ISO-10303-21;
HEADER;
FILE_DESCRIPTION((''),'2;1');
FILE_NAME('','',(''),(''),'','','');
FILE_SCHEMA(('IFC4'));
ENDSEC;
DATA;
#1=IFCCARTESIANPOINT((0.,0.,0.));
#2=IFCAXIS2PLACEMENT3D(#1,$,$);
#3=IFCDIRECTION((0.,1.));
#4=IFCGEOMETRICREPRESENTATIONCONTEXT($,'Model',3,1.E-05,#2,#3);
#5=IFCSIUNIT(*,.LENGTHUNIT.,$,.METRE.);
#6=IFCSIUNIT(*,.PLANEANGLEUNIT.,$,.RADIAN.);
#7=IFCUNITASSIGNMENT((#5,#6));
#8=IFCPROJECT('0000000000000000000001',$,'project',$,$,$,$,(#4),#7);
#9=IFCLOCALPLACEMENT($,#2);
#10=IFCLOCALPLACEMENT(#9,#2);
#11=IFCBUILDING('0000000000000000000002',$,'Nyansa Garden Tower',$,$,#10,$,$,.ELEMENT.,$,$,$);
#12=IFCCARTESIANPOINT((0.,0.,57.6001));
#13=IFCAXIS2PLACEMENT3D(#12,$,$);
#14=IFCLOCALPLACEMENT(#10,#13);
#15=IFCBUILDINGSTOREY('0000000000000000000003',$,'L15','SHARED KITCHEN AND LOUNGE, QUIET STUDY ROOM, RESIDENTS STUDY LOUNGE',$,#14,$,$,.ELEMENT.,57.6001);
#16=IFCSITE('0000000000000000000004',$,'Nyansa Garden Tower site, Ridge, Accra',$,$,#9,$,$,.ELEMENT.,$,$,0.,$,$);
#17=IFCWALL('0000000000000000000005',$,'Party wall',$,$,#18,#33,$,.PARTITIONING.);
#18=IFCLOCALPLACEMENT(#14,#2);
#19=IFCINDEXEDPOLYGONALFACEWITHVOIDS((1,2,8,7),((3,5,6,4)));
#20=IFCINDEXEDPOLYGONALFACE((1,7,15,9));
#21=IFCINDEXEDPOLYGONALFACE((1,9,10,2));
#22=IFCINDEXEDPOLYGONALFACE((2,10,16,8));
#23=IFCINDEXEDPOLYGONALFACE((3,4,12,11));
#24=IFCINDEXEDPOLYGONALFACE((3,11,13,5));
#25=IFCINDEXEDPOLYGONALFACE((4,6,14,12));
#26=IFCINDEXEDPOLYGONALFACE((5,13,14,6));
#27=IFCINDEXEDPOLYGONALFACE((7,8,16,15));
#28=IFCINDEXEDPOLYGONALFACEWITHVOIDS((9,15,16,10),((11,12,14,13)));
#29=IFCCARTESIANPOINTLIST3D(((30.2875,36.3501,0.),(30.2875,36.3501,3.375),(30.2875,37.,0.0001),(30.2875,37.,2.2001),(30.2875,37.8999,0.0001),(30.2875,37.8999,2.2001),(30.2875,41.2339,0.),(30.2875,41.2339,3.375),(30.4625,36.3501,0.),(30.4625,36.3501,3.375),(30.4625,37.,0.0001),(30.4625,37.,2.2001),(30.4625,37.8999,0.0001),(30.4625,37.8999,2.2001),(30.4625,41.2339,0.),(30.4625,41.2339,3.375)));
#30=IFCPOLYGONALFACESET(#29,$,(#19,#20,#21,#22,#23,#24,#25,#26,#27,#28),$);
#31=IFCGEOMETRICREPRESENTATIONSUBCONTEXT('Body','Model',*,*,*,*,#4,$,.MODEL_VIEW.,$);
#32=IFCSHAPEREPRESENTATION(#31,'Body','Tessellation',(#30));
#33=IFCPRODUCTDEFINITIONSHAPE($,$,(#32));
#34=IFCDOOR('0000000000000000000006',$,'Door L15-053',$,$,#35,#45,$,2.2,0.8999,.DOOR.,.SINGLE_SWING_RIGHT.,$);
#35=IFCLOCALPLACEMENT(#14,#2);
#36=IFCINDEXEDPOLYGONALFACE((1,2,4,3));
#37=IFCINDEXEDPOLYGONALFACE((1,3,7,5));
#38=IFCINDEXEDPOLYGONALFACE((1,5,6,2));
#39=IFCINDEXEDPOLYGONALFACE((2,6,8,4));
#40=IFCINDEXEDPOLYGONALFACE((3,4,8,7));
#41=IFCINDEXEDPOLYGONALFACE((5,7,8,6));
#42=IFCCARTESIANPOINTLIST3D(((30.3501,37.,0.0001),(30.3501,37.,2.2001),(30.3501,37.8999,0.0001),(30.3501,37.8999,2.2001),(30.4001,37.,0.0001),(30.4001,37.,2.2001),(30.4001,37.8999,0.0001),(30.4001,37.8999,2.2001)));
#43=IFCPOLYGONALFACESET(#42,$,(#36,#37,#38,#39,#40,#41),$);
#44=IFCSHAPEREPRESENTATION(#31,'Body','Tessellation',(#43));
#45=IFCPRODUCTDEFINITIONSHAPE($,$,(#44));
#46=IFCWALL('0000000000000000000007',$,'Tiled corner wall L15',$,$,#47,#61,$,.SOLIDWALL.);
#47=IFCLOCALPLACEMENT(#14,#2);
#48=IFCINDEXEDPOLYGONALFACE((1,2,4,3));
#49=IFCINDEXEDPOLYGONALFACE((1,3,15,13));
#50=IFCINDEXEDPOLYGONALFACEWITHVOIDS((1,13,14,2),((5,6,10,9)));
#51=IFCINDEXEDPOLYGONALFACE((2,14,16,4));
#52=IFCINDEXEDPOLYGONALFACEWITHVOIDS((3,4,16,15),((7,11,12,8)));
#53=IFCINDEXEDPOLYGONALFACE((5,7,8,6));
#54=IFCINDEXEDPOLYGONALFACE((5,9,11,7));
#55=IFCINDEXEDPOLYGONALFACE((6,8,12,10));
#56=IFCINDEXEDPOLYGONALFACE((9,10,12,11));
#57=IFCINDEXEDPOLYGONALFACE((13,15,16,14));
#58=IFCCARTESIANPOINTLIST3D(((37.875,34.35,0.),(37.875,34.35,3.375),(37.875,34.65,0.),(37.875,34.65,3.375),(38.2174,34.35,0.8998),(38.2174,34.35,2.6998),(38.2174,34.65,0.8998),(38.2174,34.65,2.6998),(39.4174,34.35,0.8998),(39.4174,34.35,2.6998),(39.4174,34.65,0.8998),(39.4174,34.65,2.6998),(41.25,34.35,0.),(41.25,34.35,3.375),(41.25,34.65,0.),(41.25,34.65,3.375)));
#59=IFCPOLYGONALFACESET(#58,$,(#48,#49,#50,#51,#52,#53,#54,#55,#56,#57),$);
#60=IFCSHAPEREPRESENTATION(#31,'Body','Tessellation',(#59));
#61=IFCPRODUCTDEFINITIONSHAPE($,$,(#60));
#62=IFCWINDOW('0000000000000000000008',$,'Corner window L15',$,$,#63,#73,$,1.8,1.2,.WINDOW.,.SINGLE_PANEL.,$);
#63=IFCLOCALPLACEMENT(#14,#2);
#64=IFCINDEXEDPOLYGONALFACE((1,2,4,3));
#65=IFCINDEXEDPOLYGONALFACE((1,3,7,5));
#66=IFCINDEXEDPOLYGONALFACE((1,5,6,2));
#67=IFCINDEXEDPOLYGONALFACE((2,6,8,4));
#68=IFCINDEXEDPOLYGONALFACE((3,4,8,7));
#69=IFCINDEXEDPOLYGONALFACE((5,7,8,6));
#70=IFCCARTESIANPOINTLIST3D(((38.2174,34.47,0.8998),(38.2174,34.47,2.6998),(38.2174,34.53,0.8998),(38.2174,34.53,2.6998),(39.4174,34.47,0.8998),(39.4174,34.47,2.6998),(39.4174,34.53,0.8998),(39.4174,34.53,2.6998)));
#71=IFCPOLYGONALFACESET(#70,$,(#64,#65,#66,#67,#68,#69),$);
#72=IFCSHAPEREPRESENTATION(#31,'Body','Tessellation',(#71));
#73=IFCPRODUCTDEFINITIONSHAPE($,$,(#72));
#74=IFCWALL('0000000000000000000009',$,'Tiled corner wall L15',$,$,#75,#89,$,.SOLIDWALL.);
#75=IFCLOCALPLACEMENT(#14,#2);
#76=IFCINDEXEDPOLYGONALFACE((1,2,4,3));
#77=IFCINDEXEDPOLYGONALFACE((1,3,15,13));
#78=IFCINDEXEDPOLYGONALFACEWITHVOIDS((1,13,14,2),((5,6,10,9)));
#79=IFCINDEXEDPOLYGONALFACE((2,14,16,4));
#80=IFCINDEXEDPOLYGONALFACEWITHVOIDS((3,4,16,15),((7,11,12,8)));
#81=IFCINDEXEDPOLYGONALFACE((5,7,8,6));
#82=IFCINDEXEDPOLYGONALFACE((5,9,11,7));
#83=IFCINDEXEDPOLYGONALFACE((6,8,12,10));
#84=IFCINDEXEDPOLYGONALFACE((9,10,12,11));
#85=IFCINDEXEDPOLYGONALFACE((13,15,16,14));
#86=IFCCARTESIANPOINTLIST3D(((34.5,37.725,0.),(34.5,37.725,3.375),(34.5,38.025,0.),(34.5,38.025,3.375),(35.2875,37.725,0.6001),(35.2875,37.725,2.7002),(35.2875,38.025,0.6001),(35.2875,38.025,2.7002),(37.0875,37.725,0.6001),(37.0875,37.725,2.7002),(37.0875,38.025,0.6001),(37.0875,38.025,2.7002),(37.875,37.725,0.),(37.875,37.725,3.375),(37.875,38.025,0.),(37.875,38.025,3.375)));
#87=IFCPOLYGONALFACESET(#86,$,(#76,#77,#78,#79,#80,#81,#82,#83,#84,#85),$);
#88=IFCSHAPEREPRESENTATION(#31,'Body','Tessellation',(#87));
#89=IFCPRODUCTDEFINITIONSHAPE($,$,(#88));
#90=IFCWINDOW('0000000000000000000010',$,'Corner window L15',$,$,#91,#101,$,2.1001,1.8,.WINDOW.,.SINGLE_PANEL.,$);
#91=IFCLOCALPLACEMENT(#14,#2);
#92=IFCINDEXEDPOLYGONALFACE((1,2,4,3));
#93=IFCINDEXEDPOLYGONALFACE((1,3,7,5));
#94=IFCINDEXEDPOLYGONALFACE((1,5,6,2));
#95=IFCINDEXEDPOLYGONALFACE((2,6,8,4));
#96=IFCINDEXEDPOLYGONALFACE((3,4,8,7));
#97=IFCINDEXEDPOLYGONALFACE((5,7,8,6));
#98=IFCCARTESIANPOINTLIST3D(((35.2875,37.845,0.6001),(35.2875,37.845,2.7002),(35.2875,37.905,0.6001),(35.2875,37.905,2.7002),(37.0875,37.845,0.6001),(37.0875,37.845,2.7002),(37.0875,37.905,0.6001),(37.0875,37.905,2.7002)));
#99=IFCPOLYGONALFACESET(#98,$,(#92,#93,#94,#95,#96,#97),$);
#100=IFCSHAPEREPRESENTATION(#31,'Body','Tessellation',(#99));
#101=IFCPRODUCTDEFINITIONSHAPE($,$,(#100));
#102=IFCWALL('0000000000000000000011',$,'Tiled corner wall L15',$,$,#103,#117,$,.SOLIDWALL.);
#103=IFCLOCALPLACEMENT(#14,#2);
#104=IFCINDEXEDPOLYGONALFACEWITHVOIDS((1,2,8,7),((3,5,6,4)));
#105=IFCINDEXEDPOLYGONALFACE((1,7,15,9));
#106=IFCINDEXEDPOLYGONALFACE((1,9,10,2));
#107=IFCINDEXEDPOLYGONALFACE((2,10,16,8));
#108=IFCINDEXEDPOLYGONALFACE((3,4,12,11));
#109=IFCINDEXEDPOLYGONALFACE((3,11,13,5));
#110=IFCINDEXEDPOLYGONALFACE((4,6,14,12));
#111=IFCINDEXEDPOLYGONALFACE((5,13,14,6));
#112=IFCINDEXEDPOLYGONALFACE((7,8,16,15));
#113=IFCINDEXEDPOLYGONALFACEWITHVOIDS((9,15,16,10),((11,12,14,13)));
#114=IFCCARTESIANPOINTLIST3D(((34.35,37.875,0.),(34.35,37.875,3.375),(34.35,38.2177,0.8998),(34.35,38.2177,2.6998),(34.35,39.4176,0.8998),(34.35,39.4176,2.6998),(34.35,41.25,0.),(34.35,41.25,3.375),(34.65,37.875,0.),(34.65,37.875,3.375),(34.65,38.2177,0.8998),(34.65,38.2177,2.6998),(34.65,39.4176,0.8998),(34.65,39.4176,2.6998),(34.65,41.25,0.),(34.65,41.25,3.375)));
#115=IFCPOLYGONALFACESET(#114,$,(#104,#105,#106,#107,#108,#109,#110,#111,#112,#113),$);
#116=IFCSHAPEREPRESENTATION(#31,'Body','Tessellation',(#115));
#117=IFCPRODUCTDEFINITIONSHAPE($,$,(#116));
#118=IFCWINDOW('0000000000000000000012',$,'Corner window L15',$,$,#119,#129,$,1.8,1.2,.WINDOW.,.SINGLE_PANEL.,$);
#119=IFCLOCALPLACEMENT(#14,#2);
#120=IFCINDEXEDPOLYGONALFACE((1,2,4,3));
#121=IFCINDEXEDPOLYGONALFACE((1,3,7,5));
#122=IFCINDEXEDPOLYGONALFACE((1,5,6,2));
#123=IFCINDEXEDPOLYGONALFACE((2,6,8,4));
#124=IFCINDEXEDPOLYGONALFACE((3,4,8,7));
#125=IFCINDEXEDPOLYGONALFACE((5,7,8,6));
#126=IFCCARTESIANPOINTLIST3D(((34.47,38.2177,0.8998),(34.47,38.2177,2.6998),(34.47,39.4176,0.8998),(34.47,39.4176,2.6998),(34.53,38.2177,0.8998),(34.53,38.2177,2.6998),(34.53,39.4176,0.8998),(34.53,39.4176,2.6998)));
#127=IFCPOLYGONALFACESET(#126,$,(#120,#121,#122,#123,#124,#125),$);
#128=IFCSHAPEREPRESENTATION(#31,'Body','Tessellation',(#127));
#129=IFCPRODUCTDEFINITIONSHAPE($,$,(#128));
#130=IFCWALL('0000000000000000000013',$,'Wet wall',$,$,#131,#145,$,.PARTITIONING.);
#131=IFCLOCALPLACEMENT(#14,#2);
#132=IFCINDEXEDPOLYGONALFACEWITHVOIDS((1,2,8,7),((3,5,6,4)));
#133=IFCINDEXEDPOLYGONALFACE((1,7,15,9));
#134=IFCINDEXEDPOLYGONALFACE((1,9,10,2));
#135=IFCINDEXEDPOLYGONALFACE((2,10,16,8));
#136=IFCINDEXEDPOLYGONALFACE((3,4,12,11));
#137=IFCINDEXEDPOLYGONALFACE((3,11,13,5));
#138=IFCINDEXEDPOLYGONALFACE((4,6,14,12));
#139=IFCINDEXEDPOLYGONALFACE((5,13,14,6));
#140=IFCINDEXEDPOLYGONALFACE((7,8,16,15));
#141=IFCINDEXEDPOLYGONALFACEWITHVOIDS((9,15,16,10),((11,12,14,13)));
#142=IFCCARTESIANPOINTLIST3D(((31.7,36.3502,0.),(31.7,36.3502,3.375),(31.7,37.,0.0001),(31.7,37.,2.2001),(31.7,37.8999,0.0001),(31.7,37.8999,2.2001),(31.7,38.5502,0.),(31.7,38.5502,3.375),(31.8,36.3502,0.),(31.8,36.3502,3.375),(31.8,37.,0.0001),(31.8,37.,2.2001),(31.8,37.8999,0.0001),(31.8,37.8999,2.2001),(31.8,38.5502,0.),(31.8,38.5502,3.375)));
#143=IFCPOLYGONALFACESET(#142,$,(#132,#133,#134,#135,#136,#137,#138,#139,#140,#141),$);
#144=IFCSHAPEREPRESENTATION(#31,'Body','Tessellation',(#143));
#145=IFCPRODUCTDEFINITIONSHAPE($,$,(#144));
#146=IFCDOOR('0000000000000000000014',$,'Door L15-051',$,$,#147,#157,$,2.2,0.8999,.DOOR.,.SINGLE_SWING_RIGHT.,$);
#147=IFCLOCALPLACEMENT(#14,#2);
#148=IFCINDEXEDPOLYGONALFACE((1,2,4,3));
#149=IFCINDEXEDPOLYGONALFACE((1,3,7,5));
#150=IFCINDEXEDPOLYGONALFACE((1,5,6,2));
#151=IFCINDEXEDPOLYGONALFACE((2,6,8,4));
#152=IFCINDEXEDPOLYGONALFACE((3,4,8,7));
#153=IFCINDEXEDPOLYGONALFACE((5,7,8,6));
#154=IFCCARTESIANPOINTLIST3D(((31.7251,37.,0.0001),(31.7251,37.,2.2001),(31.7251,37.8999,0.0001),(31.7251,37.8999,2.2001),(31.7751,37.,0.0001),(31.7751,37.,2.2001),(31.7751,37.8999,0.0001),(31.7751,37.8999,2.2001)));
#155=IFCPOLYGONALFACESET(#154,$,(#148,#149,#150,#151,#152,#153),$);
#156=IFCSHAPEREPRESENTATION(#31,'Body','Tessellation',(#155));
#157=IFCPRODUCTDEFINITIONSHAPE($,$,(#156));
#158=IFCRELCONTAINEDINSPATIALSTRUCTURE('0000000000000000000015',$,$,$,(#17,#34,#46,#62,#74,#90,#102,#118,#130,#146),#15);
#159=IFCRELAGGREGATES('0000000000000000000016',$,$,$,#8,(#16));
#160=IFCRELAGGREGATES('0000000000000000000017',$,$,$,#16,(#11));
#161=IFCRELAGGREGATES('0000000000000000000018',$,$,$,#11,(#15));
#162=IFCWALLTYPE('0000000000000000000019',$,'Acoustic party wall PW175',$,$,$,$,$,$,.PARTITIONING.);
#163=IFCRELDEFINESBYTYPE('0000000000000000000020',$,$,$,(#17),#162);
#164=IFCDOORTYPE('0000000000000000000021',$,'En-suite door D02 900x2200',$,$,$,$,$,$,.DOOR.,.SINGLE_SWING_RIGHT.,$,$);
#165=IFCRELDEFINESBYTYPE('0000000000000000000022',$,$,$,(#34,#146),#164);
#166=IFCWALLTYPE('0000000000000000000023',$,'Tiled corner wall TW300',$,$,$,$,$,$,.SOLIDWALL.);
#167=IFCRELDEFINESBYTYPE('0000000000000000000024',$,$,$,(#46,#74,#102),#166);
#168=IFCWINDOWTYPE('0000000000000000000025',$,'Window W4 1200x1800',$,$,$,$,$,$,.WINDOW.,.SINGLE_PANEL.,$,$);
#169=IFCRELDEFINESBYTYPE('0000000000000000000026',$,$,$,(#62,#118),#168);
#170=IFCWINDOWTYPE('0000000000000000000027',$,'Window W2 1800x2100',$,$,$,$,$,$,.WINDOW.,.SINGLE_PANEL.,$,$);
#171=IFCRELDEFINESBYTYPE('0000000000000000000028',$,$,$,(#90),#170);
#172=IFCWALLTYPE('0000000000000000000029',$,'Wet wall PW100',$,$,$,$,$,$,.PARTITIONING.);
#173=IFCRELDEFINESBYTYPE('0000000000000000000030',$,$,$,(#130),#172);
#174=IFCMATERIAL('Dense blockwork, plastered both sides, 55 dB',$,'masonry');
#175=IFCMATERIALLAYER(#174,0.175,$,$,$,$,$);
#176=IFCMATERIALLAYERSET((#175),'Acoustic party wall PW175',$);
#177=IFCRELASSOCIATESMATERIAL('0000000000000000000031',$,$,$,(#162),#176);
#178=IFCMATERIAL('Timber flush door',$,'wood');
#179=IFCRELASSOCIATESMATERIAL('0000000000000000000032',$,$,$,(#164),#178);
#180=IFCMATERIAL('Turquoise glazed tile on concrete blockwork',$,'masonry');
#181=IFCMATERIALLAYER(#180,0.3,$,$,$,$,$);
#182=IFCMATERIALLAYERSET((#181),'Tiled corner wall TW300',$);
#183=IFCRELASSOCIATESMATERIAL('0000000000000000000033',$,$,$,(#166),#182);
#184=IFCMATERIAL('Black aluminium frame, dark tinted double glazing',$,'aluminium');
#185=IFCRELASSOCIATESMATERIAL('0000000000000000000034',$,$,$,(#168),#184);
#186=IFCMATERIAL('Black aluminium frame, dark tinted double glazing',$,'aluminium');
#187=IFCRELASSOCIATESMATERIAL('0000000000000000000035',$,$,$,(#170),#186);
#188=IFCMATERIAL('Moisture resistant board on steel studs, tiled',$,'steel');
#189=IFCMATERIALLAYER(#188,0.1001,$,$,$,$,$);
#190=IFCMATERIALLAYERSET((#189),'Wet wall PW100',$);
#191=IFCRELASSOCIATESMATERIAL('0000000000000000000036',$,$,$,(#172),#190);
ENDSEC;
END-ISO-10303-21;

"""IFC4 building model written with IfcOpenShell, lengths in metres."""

from ifc_helpers import new_model, si_unit, direction, frame, frame_2d, origin, place, context, subcontext, project, spatial, rectangle, extrude, material, layer, layer_set, type_object, element, fill, save


model = new_model("IFC4")

# Units and contexts
model_context = context("Model", 3, precision=1e-05, world=origin(), true_north=direction((0.0, 1.0)))
body_context = subcontext(model_context, "Body", "Model", "MODEL_VIEW")
ifc_project = project(units=[si_unit("LENGTHUNIT", "METRE"), si_unit("PLANEANGLEUNIT", "RADIAN")], contexts=[model_context])

# Site, building, storey
site_placement = place(None, origin())
site = spatial("IfcSite", under=ifc_project, at=site_placement, Name="Nyansa Garden Tower site, Ridge, Accra", CompositionType="ELEMENT", RefElevation=0.0)
building_placement = place(site_placement, origin())
building = spatial("IfcBuilding", under=site, at=building_placement, Name="Nyansa Garden Tower", CompositionType="ELEMENT")
storey_placement = place(building_placement, frame((0.0, 0.0, 57.6001)))
storey = spatial("IfcBuildingStorey", under=building, at=storey_placement, Name="L15", Description="SHARED KITCHEN AND LOUNGE, QUIET STUDY ROOM, RESIDENTS STUDY LOUNGE", CompositionType="ELEMENT", Elevation=57.6001)

# Wall, opening, door
ifc_material_1 = material(Name="Dense blockwork, plastered both sides, 55 dB", Category="masonry")
ifc_layer_1 = layer(ifc_material_1, 0.175)
ifc_layer_set_1 = layer_set([ifc_layer_1], Name="Acoustic party wall PW175")
wall_type_1 = type_object("IfcWallType", Name="Acoustic party wall PW175", PredefinedType="PARTITIONING", material=ifc_layer_set_1)
wall_1_placement = place(storey_placement, frame((30.375, 36.3501, 0.0), z_axis=(0.0, 0.0, 1.0), x_axis=(0.0, 1.0, 0.0)))
wall_1 = element("IfcWall", 1, at=wall_1_placement, inside=storey, type_object=wall_type_1, Name="Party wall", PredefinedType="PARTITIONING", context=body_context, shape_type="SweptSolid", body=[
    extrude(rectangle(XDim=4.8838, YDim=0.175, at=frame_2d((2.4419, 0.0))), origin(), (0.0, 0.0, 1.0), 3.375),
])
opening_1_placement = place(wall_1_placement, frame((0.6499, 0.0, 0.0)))
opening_1 = element("IfcOpeningElement", 2, at=opening_1_placement, cuts=wall_1, PredefinedType="OPENING", context=body_context, shape_type="SweptSolid", body=[
    extrude(rectangle(XDim=0.8999, YDim=2.2, at=frame_2d((0.45, 1.1001))), frame((0.0, 0.0974, 0.0), z_axis=(0.0, -1.0, 0.0), x_axis=(1.0, 0.0, 0.0)), (0.0, 0.0, 1.0), 0.1951),
])
ifc_material_2 = material(Name="Timber flush door", Category="wood")
door_type = type_object("IfcDoorType", Name="En-suite door D02 900x2200", OperationType="SINGLE_SWING_RIGHT", PredefinedType="DOOR", material=ifc_material_2)
door_1_placement = place(opening_1_placement, origin())
door_1 = element("IfcDoor", 3, at=door_1_placement, inside=storey, type_object=door_type, Name="Door L15-053", OperationType="SINGLE_SWING_RIGHT", OverallHeight=2.2, OverallWidth=0.8999, PredefinedType="DOOR", context=body_context, shape_type="SweptSolid", body=[
    extrude(rectangle(XDim=0.8999, YDim=2.2, at=frame_2d((0.45, 1.1001))), frame((0.0, 0.0249, 0.0), z_axis=(0.0, -1.0, 0.0), x_axis=(1.0, 0.0, 0.0)), (0.0, 0.0, 1.0), 0.05),
])
fill(opening_1, door_1)

# Walls, openings, windows
ifc_material_3 = material(Name="Turquoise glazed tile on concrete blockwork", Category="masonry")
ifc_layer_2 = layer(ifc_material_3, 0.3)
ifc_layer_set_2 = layer_set([ifc_layer_2], Name="Tiled corner wall TW300")
wall_type_2 = type_object("IfcWallType", Name="Tiled corner wall TW300", PredefinedType="SOLIDWALL", material=ifc_layer_set_2)
wall_2_placement = place(storey_placement, frame((41.25, 34.5, 0.0), z_axis=(0.0, 0.0, 1.0), x_axis=(-1.0, 0.0, 0.0)))
wall_2 = element("IfcWall", 4, at=wall_2_placement, inside=storey, type_object=wall_type_2, Name="Tiled corner wall L15", PredefinedType="SOLIDWALL", context=body_context, shape_type="SweptSolid", body=[
    extrude(rectangle(XDim=3.375, YDim=0.3, at=frame_2d((1.6875, 0.0))), origin(), (0.0, 0.0, 1.0), 3.375),
])
opening_2_placement = place(wall_2_placement, frame((1.8325, 0.0, 0.8999)))
opening_2 = element("IfcOpeningElement", 5, at=opening_2_placement, cuts=wall_2, PredefinedType="OPENING", context=body_context, shape_type="SweptSolid", body=[
    extrude(rectangle(XDim=1.2, YDim=1.8, at=frame_2d((0.6001, 0.8999))), frame((0.0, 0.1599, 0.0), z_axis=(0.0, -1.0, 0.0), x_axis=(1.0, 0.0, 0.0)), (0.0, 0.0, 1.0), 0.3201),
])
ifc_material_4 = material(Name="Black aluminium frame, dark tinted double glazing", Category="aluminium")
window_type_1 = type_object("IfcWindowType", Name="Window W4 1200x1800", PartitioningType="SINGLE_PANEL", PredefinedType="WINDOW", material=ifc_material_4)
window_1_placement = place(opening_2_placement, origin())
window_1 = element("IfcWindow", 6, at=window_1_placement, inside=storey, type_object=window_type_1, Name="Corner window L15", OverallHeight=1.8, OverallWidth=1.2, PartitioningType="SINGLE_PANEL", PredefinedType="WINDOW", context=body_context, shape_type="SweptSolid", body=[
    extrude(rectangle(XDim=1.2, YDim=1.8, at=frame_2d((0.6001, 0.8999))), frame((0.0, 0.03, 0.0), z_axis=(0.0, -1.0, 0.0), x_axis=(1.0, 0.0, 0.0)), (0.0, 0.0, 1.0), 0.0601),
])
fill(opening_2, window_1)
wall_3_placement = place(storey_placement, frame((37.875, 37.875, 0.0), z_axis=(0.0, 0.0, 1.0), x_axis=(-1.0, 0.0, 0.0)))
wall_3 = element("IfcWall", 7, at=wall_3_placement, inside=storey, type_object=wall_type_2, Name="Tiled corner wall L15", PredefinedType="SOLIDWALL", context=body_context, shape_type="SweptSolid", body=[
    extrude(rectangle(XDim=3.375, YDim=0.3, at=frame_2d((1.6875, 0.0))), origin(), (0.0, 0.0, 1.0), 3.375),
])
opening_3_placement = place(wall_3_placement, frame((0.7876, 0.0, 0.6001)))
opening_3 = element("IfcOpeningElement", 8, at=opening_3_placement, cuts=wall_3, PredefinedType="OPENING", context=body_context, shape_type="SweptSolid", body=[
    extrude(rectangle(XDim=1.8, YDim=2.1001, at=frame_2d((0.8999, 1.05))), frame((0.0, 0.1599, 0.0), z_axis=(0.0, -1.0, 0.0), x_axis=(1.0, 0.0, 0.0)), (0.0, 0.0, 1.0), 0.3201),
])
ifc_material_5 = material(Name="Black aluminium frame, dark tinted double glazing", Category="aluminium")
window_type_2 = type_object("IfcWindowType", Name="Window W2 1800x2100", PartitioningType="SINGLE_PANEL", PredefinedType="WINDOW", material=ifc_material_5)
window_2_placement = place(opening_3_placement, origin())
window_2 = element("IfcWindow", 9, at=window_2_placement, inside=storey, type_object=window_type_2, Name="Corner window L15", OverallHeight=2.1001, OverallWidth=1.8, PartitioningType="SINGLE_PANEL", PredefinedType="WINDOW", context=body_context, shape_type="SweptSolid", body=[
    extrude(rectangle(XDim=1.8, YDim=2.1001, at=frame_2d((0.8999, 1.05))), frame((0.0, 0.03, 0.0), z_axis=(0.0, -1.0, 0.0), x_axis=(1.0, 0.0, 0.0)), (0.0, 0.0, 1.0), 0.0601),
])
fill(opening_3, window_2)
wall_4_placement = place(storey_placement, frame((34.5, 37.875, 0.0), z_axis=(0.0, 0.0, 1.0), x_axis=(0.0, 1.0, 0.0)))
wall_4 = element("IfcWall", 10, at=wall_4_placement, inside=storey, type_object=wall_type_2, Name="Tiled corner wall L15", PredefinedType="SOLIDWALL", context=body_context, shape_type="SweptSolid", body=[
    extrude(rectangle(XDim=3.375, YDim=0.3, at=frame_2d((1.6875, 0.0))), origin(), (0.0, 0.0, 1.0), 3.375),
])
opening_4_placement = place(wall_4_placement, frame((0.3425, 0.0, 0.8999)))
opening_4 = element("IfcOpeningElement", 11, at=opening_4_placement, cuts=wall_4, PredefinedType="OPENING", context=body_context, shape_type="SweptSolid", body=[
    extrude(rectangle(XDim=1.2, YDim=1.8, at=frame_2d((0.6001, 0.8999))), frame((0.0, 0.1599, 0.0), z_axis=(0.0, -1.0, 0.0), x_axis=(1.0, 0.0, 0.0)), (0.0, 0.0, 1.0), 0.3201),
])
window_3_placement = place(opening_4_placement, origin())
window_3 = element("IfcWindow", 12, at=window_3_placement, inside=storey, type_object=window_type_1, Name="Corner window L15", OverallHeight=1.8, OverallWidth=1.2, PartitioningType="SINGLE_PANEL", PredefinedType="WINDOW", context=body_context, shape_type="SweptSolid", body=[
    extrude(rectangle(XDim=1.2, YDim=1.8, at=frame_2d((0.6001, 0.8999))), frame((0.0, 0.03, 0.0), z_axis=(0.0, -1.0, 0.0), x_axis=(1.0, 0.0, 0.0)), (0.0, 0.0, 1.0), 0.0601),
])
fill(opening_4, window_3)

# Wall, opening, door
ifc_material_6 = material(Name="Moisture resistant board on steel studs, tiled", Category="steel")
ifc_layer_3 = layer(ifc_material_6, 0.1001)
ifc_layer_set_3 = layer_set([ifc_layer_3], Name="Wet wall PW100")
wall_type_3 = type_object("IfcWallType", Name="Wet wall PW100", PredefinedType="PARTITIONING", material=ifc_layer_set_3)
wall_5_placement = place(storey_placement, frame((31.75, 36.3501, 0.0), z_axis=(0.0, 0.0, 1.0), x_axis=(0.0, 1.0, 0.0)))
wall_5 = element("IfcWall", 13, at=wall_5_placement, inside=storey, type_object=wall_type_3, Name="Wet wall", PredefinedType="PARTITIONING", context=body_context, shape_type="SweptSolid", body=[
    extrude(rectangle(XDim=2.2, YDim=0.1001, at=frame_2d((1.1001, 0.0))), origin(), (0.0, 0.0, 1.0), 3.375),
])
opening_5_placement = place(wall_5_placement, frame((0.6499, 0.0, 0.0)))
opening_5 = element("IfcOpeningElement", 14, at=opening_5_placement, cuts=wall_5, PredefinedType="OPENING", context=body_context, shape_type="SweptSolid", body=[
    extrude(rectangle(XDim=0.8999, YDim=2.2, at=frame_2d((0.45, 1.1001))), frame((0.0, 0.0601, 0.0), z_axis=(0.0, -1.0, 0.0), x_axis=(1.0, 0.0, 0.0)), (0.0, 0.0, 1.0), 0.1201),
])
door_2_placement = place(opening_5_placement, origin())
door_2 = element("IfcDoor", 15, at=door_2_placement, inside=storey, type_object=door_type, Name="Door L15-051", OperationType="SINGLE_SWING_RIGHT", OverallHeight=2.2, OverallWidth=0.8999, PredefinedType="DOOR", context=body_context, shape_type="SweptSolid", body=[
    extrude(rectangle(XDim=0.8999, YDim=2.2, at=frame_2d((0.45, 1.1001))), frame((0.0, 0.0249, 0.0), z_axis=(0.0, -1.0, 0.0), x_axis=(1.0, 0.0, 0.0)), (0.0, 0.0, 1.0), 0.05),
])
fill(opening_5, door_2)

save(model, "model.ifc")
